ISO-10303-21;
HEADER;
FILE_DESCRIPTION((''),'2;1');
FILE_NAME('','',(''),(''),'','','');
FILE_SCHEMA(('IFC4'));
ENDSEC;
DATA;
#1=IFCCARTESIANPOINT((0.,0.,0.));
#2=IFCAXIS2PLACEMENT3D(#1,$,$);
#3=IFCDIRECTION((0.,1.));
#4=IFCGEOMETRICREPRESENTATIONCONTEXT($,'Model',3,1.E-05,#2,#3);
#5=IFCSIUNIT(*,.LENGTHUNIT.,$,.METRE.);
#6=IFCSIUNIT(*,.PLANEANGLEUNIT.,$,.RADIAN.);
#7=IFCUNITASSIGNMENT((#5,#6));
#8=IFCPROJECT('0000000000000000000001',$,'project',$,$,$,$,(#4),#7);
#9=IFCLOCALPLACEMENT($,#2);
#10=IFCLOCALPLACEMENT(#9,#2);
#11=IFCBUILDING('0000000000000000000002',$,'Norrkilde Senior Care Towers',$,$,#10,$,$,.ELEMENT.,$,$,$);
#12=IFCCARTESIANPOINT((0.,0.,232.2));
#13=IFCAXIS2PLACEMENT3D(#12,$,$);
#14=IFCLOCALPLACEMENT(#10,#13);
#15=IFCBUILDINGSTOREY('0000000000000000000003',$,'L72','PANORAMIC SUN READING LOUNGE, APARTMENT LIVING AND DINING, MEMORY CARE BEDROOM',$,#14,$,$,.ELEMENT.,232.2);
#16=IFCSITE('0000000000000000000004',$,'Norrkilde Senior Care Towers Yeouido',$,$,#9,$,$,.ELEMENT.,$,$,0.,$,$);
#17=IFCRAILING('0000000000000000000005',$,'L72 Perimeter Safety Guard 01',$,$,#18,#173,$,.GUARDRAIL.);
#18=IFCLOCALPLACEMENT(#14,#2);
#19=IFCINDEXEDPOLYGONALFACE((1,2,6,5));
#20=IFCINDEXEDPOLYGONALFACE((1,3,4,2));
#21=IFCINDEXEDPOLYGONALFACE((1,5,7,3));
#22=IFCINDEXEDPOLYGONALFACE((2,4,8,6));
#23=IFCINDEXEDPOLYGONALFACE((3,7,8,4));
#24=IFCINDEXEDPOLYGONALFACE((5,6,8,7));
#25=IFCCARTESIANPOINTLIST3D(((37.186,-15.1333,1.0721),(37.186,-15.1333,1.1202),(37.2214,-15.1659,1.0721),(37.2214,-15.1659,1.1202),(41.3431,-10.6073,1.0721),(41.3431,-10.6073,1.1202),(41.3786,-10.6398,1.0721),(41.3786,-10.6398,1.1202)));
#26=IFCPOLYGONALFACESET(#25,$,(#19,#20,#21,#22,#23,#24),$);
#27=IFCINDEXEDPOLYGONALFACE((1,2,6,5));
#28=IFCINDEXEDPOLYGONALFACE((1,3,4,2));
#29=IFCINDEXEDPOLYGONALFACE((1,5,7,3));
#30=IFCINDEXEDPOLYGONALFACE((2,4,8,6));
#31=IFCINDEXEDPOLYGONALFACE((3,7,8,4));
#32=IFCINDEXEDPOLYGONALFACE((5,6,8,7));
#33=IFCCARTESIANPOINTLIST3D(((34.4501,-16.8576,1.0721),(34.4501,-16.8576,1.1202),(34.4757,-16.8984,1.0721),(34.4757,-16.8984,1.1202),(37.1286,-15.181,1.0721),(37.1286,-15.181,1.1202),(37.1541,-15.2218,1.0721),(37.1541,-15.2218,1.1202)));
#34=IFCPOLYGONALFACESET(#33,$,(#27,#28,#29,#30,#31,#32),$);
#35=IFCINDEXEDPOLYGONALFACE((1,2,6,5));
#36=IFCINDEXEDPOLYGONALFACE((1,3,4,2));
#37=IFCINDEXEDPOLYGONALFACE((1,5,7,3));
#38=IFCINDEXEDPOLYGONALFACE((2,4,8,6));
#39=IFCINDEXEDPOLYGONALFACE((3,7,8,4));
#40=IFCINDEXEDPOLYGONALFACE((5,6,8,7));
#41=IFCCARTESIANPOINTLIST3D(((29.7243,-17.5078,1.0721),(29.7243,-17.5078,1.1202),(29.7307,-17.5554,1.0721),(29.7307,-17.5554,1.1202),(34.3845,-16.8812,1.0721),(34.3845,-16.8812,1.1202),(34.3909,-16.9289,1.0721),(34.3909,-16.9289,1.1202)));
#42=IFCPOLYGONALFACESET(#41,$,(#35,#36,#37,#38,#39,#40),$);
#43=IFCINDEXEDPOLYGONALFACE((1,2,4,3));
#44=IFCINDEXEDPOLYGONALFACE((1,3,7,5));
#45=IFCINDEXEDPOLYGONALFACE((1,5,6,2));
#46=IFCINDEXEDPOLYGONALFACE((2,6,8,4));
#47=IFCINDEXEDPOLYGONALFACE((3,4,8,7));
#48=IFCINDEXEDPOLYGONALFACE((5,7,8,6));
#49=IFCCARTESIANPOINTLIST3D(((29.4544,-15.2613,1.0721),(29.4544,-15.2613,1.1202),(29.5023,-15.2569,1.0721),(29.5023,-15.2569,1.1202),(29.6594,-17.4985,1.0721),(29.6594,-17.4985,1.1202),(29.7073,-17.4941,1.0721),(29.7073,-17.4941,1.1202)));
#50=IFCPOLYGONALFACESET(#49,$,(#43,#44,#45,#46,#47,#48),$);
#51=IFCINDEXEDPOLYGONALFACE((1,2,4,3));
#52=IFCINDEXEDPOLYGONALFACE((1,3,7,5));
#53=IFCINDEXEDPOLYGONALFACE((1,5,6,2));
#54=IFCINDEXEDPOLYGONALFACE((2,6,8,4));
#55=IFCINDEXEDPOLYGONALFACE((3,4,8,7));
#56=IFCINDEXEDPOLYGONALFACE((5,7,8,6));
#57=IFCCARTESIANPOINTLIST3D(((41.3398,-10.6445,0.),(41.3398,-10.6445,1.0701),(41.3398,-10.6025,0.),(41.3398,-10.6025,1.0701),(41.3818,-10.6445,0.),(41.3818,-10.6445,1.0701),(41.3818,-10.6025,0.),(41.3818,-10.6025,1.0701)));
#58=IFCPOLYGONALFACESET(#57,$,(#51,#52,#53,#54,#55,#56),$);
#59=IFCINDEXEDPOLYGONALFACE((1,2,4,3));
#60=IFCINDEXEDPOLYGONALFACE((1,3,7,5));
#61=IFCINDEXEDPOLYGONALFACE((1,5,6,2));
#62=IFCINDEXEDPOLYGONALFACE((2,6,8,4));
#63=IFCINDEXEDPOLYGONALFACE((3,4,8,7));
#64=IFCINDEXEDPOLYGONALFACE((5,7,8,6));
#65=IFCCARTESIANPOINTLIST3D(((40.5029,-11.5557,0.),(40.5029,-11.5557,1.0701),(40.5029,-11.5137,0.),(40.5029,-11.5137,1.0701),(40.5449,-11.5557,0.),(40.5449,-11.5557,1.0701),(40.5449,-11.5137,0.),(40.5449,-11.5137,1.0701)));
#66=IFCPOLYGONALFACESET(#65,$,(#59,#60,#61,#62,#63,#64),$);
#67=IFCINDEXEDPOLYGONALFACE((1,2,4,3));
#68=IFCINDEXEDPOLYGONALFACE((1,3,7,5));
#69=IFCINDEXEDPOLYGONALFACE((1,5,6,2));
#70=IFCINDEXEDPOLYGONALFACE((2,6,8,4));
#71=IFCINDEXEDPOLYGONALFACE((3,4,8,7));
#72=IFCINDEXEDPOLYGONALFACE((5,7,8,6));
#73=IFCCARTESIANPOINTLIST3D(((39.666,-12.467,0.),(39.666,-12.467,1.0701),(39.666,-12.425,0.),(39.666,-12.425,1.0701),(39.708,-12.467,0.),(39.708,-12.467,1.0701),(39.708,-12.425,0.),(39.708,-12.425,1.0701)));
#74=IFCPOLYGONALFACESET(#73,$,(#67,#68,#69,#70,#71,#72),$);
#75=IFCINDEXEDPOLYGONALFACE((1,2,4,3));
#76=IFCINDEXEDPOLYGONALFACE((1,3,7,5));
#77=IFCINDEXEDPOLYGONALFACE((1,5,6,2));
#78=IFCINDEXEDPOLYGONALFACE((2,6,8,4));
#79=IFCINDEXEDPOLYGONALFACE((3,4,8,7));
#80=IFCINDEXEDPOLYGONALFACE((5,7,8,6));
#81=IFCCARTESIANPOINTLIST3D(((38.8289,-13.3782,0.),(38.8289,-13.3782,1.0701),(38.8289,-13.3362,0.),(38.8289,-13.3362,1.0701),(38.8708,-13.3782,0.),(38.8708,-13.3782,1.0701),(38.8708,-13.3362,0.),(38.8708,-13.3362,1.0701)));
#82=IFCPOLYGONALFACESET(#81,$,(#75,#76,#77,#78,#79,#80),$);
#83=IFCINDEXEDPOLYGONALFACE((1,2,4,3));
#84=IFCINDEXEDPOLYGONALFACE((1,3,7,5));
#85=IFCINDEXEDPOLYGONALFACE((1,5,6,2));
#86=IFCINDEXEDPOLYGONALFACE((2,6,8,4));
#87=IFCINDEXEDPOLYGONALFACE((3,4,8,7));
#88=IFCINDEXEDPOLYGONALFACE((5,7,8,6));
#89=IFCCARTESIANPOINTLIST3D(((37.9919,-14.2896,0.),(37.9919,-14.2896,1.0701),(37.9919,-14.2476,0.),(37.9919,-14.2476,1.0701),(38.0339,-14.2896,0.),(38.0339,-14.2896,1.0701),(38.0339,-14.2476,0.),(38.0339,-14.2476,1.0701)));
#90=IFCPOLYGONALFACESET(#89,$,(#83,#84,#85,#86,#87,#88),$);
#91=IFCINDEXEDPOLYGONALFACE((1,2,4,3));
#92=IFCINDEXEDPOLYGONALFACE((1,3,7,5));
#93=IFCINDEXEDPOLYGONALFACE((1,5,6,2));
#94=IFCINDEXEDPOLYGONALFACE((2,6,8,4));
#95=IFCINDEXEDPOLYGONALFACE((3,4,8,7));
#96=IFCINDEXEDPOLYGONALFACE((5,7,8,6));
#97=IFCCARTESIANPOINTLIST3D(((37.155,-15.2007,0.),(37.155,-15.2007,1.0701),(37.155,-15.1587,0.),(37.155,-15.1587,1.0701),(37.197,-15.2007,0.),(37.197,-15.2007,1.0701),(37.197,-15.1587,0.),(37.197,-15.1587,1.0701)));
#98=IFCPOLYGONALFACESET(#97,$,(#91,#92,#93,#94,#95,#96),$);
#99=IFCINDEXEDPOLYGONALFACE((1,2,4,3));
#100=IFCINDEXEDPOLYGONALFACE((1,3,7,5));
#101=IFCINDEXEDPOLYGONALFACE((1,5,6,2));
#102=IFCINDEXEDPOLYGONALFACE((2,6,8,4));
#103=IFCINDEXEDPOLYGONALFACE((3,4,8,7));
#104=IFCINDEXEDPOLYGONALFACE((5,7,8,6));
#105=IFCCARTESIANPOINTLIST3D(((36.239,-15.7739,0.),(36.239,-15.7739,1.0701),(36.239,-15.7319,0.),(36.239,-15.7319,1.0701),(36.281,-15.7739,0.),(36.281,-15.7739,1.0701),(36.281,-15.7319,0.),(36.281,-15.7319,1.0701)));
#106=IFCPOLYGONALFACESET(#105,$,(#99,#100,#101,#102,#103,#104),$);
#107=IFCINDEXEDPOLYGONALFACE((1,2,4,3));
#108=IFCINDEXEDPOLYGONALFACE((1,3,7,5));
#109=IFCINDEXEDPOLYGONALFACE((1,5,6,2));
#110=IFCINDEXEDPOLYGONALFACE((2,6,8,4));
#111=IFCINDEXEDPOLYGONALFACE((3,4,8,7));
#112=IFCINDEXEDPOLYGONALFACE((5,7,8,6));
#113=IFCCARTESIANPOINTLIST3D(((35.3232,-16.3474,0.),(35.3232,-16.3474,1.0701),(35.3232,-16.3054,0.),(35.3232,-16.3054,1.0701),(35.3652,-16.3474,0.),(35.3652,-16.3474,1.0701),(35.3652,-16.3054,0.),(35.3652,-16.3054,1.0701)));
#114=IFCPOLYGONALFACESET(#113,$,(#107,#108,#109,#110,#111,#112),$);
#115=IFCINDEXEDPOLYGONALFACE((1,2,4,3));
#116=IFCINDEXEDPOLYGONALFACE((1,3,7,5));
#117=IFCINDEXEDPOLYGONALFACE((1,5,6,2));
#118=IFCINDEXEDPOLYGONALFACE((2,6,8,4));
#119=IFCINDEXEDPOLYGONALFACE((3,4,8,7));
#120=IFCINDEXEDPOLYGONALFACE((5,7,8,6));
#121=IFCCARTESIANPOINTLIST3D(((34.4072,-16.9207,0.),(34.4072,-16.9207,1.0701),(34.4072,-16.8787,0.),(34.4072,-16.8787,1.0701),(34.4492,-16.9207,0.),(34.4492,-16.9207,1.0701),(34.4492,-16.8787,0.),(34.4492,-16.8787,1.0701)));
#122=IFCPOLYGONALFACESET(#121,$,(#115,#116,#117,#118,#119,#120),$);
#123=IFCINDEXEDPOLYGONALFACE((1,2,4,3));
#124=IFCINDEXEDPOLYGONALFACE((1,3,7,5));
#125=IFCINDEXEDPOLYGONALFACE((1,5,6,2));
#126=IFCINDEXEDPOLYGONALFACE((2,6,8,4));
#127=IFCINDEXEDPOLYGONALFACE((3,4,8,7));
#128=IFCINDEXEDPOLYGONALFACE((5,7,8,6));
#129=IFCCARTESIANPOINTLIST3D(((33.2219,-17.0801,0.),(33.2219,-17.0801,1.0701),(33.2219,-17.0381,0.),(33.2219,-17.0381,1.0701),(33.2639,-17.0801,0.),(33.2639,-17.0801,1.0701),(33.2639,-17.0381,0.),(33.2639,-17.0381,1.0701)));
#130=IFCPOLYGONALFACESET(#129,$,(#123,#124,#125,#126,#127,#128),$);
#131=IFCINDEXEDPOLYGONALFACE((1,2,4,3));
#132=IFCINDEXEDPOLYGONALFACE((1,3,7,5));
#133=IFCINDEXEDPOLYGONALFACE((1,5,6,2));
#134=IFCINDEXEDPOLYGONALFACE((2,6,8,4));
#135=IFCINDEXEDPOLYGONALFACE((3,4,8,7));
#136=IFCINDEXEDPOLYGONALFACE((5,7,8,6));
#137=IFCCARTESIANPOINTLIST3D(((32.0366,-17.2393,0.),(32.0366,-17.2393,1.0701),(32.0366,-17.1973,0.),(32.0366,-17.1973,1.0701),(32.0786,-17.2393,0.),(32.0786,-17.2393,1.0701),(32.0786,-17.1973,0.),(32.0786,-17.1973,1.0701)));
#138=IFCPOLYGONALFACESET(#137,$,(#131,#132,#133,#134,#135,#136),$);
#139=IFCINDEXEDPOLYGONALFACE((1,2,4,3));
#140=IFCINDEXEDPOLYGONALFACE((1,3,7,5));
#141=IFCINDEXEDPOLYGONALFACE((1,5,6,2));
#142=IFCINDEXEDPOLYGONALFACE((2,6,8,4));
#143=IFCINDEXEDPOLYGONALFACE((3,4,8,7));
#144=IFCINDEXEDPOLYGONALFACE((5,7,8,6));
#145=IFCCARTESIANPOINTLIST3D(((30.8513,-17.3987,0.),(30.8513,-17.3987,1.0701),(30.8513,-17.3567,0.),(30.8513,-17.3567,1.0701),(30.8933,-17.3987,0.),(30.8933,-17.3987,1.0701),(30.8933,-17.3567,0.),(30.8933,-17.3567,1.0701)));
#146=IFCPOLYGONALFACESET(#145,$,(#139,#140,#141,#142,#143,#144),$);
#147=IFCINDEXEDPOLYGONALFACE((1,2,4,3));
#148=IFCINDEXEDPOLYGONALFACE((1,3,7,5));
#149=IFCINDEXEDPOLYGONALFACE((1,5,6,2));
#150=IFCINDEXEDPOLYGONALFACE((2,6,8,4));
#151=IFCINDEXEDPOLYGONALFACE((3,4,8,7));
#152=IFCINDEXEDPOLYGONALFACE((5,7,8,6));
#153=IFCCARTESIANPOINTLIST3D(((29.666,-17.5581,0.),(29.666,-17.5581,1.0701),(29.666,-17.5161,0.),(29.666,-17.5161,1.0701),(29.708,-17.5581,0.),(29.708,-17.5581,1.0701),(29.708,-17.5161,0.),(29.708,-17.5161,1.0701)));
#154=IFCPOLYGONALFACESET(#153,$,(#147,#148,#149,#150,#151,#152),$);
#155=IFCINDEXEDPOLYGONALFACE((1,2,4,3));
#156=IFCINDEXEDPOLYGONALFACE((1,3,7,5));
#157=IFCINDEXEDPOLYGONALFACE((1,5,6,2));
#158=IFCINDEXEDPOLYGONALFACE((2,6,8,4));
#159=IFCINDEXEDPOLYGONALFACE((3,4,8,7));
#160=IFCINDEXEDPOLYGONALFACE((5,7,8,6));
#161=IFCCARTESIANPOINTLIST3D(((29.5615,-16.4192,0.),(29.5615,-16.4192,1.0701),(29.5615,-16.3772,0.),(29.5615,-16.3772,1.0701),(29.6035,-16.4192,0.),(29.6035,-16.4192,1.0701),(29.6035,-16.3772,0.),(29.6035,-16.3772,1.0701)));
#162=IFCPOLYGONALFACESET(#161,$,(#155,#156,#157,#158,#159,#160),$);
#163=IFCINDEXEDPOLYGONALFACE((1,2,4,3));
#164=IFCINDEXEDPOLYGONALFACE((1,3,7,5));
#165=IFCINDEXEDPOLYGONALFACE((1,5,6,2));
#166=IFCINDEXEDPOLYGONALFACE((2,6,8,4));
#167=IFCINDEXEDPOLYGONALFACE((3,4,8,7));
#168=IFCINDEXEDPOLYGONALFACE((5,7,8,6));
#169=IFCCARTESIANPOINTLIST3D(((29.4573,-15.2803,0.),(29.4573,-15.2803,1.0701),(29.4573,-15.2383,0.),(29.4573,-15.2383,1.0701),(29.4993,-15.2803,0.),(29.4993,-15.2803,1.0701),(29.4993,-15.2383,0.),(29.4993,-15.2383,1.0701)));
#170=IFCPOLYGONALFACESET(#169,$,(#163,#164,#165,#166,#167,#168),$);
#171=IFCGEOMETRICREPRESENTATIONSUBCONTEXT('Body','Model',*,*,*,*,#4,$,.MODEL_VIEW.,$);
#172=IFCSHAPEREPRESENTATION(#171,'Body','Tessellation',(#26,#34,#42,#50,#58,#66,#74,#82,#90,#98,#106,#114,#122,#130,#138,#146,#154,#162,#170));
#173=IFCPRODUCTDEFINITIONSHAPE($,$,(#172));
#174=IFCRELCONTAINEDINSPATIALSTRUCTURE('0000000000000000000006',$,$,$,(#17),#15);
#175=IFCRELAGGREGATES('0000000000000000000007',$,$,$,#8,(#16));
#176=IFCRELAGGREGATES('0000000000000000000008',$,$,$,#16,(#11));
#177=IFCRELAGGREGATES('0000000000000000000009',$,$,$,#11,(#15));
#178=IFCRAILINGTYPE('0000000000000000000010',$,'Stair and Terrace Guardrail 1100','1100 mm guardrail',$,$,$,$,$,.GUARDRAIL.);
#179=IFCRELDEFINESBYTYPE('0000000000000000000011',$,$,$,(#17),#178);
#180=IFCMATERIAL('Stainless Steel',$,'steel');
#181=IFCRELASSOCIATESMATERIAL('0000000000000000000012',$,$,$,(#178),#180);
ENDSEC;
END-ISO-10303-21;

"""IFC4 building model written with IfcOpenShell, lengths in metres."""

from ifc_helpers import new_model, si_unit, direction, frame, origin, origin_2d, place, context, subcontext, project, spatial, rectangle, extrude, material, type_object, element, save


model = new_model("IFC4")

# Units and contexts
model_context = context("Model", 3, precision=1e-05, world=origin(), true_north=direction((0.0, 1.0)))
body_context = subcontext(model_context, "Body", "Model", "MODEL_VIEW")
ifc_project = project(units=[si_unit("LENGTHUNIT", "METRE"), si_unit("PLANEANGLEUNIT", "RADIAN")], contexts=[model_context])

# Site, building, storey
site_placement = place(None, origin())
site = spatial("IfcSite", under=ifc_project, at=site_placement, Name="Norrkilde Senior Care Towers Yeouido", CompositionType="ELEMENT", RefElevation=0.0)
building_placement = place(site_placement, origin())
building = spatial("IfcBuilding", under=site, at=building_placement, Name="Norrkilde Senior Care Towers", CompositionType="ELEMENT")
storey_placement = place(building_placement, frame((0.0, 0.0, 232.2)))
storey = spatial("IfcBuildingStorey", under=building, at=storey_placement, Name="L72", Description="PANORAMIC SUN READING LOUNGE, APARTMENT LIVING AND DINING, MEMORY CARE BEDROOM", CompositionType="ELEMENT", Elevation=232.2)

# Railing
ifc_material_1 = material(Name="Stainless Steel", Category="steel")
railing_type = type_object("IfcRailingType", Name="Stair and Terrace Guardrail 1100", Description="1100 mm guardrail", PredefinedType="GUARDRAIL", material=ifc_material_1)
railing_placement = place(storey_placement, frame((41.3608, -10.6235, 0.0)))
element("IfcRailing", 1, at=railing_placement, inside=storey, type_object=railing_type, Name="L72 Perimeter Safety Guard 01", PredefinedType="GUARDRAIL", context=body_context, shape_type="SweptSolid", body=[
    extrude(rectangle(XDim=0.0481, YDim=0.0481, at=origin_2d()), frame((0.0, 0.0, 1.0962), z_axis=(-0.676457, -0.736482, 0.0), x_axis=(0.736482, -0.676457, 0.0)), (0.0, 0.0, 1.0), 6.1455),
    extrude(rectangle(XDim=0.0481, YDim=0.0481, at=origin_2d()), frame((-4.2195, -4.5779, 1.0962), z_axis=(-0.847638, -0.530574, 0.0), x_axis=(0.530574, -0.847638, 0.0)), (0.0, 0.0, 1.0), 3.1599),
    extrude(rectangle(XDim=0.0481, YDim=0.0481, at=origin_2d()), frame((-6.9731, -6.2815, 1.0962), z_axis=(-0.991082, -0.13325, 0.0), x_axis=(0.13325, -0.991082, 0.0)), (0.0, 0.0, 1.0), 4.7021),
    extrude(rectangle(XDim=0.0481, YDim=0.0481, at=origin_2d()), frame((-11.6775, -6.8728, 1.0962), z_axis=(-0.091257, 0.995827, 0.0), x_axis=(-0.995827, -0.091257, 0.0)), (0.0, 0.0, 1.0), 2.2466),
    extrude(rectangle(XDim=0.042, YDim=0.042, at=origin_2d()), origin(), (0.0, 0.0, 1.0), 1.0701),
    extrude(rectangle(XDim=0.042, YDim=0.042, at=origin_2d()), frame((-0.8369, -0.9111, 0.0)), (0.0, 0.0, 1.0), 1.0701),
    extrude(rectangle(XDim=0.042, YDim=0.042, at=origin_2d()), frame((-1.6738, -1.8225, 0.0)), (0.0, 0.0, 1.0), 1.0701),
    extrude(rectangle(XDim=0.042, YDim=0.042, at=origin_2d()), frame((-2.511, -2.7336, 0.0)), (0.0, 0.0, 1.0), 1.0701),
    extrude(rectangle(XDim=0.042, YDim=0.042, at=origin_2d()), frame((-3.3479, -3.645, 0.0)), (0.0, 0.0, 1.0), 1.0701),
    extrude(rectangle(XDim=0.042, YDim=0.042, at=origin_2d()), frame((-4.1848, -4.5562, 0.0)), (0.0, 0.0, 1.0), 1.0701),
    extrude(rectangle(XDim=0.042, YDim=0.042, at=origin_2d()), frame((-5.1008, -5.1294, 0.0)), (0.0, 0.0, 1.0), 1.0701),
    extrude(rectangle(XDim=0.042, YDim=0.042, at=origin_2d()), frame((-6.0166, -5.7029, 0.0)), (0.0, 0.0, 1.0), 1.0701),
    extrude(rectangle(XDim=0.042, YDim=0.042, at=origin_2d()), frame((-6.9326, -6.2761, 0.0)), (0.0, 0.0, 1.0), 1.0701),
    extrude(rectangle(XDim=0.042, YDim=0.042, at=origin_2d()), frame((-8.1179, -6.4355, 0.0)), (0.0, 0.0, 1.0), 1.0701),
    extrude(rectangle(XDim=0.042, YDim=0.042, at=origin_2d()), frame((-9.3032, -6.5947, 0.0)), (0.0, 0.0, 1.0), 1.0701),
    extrude(rectangle(XDim=0.042, YDim=0.042, at=origin_2d()), frame((-10.4885, -6.7542, 0.0)), (0.0, 0.0, 1.0), 1.0701),
    extrude(rectangle(XDim=0.042, YDim=0.042, at=origin_2d()), frame((-11.6738, -6.9136, 0.0)), (0.0, 0.0, 1.0), 1.0701),
    extrude(rectangle(XDim=0.042, YDim=0.042, at=origin_2d()), frame((-11.7783, -5.7747, 0.0)), (0.0, 0.0, 1.0), 1.0701),
    extrude(rectangle(XDim=0.042, YDim=0.042, at=origin_2d()), frame((-11.8826, -4.6357, 0.0)), (0.0, 0.0, 1.0), 1.0701),
])

save(model, "model.ifc")
